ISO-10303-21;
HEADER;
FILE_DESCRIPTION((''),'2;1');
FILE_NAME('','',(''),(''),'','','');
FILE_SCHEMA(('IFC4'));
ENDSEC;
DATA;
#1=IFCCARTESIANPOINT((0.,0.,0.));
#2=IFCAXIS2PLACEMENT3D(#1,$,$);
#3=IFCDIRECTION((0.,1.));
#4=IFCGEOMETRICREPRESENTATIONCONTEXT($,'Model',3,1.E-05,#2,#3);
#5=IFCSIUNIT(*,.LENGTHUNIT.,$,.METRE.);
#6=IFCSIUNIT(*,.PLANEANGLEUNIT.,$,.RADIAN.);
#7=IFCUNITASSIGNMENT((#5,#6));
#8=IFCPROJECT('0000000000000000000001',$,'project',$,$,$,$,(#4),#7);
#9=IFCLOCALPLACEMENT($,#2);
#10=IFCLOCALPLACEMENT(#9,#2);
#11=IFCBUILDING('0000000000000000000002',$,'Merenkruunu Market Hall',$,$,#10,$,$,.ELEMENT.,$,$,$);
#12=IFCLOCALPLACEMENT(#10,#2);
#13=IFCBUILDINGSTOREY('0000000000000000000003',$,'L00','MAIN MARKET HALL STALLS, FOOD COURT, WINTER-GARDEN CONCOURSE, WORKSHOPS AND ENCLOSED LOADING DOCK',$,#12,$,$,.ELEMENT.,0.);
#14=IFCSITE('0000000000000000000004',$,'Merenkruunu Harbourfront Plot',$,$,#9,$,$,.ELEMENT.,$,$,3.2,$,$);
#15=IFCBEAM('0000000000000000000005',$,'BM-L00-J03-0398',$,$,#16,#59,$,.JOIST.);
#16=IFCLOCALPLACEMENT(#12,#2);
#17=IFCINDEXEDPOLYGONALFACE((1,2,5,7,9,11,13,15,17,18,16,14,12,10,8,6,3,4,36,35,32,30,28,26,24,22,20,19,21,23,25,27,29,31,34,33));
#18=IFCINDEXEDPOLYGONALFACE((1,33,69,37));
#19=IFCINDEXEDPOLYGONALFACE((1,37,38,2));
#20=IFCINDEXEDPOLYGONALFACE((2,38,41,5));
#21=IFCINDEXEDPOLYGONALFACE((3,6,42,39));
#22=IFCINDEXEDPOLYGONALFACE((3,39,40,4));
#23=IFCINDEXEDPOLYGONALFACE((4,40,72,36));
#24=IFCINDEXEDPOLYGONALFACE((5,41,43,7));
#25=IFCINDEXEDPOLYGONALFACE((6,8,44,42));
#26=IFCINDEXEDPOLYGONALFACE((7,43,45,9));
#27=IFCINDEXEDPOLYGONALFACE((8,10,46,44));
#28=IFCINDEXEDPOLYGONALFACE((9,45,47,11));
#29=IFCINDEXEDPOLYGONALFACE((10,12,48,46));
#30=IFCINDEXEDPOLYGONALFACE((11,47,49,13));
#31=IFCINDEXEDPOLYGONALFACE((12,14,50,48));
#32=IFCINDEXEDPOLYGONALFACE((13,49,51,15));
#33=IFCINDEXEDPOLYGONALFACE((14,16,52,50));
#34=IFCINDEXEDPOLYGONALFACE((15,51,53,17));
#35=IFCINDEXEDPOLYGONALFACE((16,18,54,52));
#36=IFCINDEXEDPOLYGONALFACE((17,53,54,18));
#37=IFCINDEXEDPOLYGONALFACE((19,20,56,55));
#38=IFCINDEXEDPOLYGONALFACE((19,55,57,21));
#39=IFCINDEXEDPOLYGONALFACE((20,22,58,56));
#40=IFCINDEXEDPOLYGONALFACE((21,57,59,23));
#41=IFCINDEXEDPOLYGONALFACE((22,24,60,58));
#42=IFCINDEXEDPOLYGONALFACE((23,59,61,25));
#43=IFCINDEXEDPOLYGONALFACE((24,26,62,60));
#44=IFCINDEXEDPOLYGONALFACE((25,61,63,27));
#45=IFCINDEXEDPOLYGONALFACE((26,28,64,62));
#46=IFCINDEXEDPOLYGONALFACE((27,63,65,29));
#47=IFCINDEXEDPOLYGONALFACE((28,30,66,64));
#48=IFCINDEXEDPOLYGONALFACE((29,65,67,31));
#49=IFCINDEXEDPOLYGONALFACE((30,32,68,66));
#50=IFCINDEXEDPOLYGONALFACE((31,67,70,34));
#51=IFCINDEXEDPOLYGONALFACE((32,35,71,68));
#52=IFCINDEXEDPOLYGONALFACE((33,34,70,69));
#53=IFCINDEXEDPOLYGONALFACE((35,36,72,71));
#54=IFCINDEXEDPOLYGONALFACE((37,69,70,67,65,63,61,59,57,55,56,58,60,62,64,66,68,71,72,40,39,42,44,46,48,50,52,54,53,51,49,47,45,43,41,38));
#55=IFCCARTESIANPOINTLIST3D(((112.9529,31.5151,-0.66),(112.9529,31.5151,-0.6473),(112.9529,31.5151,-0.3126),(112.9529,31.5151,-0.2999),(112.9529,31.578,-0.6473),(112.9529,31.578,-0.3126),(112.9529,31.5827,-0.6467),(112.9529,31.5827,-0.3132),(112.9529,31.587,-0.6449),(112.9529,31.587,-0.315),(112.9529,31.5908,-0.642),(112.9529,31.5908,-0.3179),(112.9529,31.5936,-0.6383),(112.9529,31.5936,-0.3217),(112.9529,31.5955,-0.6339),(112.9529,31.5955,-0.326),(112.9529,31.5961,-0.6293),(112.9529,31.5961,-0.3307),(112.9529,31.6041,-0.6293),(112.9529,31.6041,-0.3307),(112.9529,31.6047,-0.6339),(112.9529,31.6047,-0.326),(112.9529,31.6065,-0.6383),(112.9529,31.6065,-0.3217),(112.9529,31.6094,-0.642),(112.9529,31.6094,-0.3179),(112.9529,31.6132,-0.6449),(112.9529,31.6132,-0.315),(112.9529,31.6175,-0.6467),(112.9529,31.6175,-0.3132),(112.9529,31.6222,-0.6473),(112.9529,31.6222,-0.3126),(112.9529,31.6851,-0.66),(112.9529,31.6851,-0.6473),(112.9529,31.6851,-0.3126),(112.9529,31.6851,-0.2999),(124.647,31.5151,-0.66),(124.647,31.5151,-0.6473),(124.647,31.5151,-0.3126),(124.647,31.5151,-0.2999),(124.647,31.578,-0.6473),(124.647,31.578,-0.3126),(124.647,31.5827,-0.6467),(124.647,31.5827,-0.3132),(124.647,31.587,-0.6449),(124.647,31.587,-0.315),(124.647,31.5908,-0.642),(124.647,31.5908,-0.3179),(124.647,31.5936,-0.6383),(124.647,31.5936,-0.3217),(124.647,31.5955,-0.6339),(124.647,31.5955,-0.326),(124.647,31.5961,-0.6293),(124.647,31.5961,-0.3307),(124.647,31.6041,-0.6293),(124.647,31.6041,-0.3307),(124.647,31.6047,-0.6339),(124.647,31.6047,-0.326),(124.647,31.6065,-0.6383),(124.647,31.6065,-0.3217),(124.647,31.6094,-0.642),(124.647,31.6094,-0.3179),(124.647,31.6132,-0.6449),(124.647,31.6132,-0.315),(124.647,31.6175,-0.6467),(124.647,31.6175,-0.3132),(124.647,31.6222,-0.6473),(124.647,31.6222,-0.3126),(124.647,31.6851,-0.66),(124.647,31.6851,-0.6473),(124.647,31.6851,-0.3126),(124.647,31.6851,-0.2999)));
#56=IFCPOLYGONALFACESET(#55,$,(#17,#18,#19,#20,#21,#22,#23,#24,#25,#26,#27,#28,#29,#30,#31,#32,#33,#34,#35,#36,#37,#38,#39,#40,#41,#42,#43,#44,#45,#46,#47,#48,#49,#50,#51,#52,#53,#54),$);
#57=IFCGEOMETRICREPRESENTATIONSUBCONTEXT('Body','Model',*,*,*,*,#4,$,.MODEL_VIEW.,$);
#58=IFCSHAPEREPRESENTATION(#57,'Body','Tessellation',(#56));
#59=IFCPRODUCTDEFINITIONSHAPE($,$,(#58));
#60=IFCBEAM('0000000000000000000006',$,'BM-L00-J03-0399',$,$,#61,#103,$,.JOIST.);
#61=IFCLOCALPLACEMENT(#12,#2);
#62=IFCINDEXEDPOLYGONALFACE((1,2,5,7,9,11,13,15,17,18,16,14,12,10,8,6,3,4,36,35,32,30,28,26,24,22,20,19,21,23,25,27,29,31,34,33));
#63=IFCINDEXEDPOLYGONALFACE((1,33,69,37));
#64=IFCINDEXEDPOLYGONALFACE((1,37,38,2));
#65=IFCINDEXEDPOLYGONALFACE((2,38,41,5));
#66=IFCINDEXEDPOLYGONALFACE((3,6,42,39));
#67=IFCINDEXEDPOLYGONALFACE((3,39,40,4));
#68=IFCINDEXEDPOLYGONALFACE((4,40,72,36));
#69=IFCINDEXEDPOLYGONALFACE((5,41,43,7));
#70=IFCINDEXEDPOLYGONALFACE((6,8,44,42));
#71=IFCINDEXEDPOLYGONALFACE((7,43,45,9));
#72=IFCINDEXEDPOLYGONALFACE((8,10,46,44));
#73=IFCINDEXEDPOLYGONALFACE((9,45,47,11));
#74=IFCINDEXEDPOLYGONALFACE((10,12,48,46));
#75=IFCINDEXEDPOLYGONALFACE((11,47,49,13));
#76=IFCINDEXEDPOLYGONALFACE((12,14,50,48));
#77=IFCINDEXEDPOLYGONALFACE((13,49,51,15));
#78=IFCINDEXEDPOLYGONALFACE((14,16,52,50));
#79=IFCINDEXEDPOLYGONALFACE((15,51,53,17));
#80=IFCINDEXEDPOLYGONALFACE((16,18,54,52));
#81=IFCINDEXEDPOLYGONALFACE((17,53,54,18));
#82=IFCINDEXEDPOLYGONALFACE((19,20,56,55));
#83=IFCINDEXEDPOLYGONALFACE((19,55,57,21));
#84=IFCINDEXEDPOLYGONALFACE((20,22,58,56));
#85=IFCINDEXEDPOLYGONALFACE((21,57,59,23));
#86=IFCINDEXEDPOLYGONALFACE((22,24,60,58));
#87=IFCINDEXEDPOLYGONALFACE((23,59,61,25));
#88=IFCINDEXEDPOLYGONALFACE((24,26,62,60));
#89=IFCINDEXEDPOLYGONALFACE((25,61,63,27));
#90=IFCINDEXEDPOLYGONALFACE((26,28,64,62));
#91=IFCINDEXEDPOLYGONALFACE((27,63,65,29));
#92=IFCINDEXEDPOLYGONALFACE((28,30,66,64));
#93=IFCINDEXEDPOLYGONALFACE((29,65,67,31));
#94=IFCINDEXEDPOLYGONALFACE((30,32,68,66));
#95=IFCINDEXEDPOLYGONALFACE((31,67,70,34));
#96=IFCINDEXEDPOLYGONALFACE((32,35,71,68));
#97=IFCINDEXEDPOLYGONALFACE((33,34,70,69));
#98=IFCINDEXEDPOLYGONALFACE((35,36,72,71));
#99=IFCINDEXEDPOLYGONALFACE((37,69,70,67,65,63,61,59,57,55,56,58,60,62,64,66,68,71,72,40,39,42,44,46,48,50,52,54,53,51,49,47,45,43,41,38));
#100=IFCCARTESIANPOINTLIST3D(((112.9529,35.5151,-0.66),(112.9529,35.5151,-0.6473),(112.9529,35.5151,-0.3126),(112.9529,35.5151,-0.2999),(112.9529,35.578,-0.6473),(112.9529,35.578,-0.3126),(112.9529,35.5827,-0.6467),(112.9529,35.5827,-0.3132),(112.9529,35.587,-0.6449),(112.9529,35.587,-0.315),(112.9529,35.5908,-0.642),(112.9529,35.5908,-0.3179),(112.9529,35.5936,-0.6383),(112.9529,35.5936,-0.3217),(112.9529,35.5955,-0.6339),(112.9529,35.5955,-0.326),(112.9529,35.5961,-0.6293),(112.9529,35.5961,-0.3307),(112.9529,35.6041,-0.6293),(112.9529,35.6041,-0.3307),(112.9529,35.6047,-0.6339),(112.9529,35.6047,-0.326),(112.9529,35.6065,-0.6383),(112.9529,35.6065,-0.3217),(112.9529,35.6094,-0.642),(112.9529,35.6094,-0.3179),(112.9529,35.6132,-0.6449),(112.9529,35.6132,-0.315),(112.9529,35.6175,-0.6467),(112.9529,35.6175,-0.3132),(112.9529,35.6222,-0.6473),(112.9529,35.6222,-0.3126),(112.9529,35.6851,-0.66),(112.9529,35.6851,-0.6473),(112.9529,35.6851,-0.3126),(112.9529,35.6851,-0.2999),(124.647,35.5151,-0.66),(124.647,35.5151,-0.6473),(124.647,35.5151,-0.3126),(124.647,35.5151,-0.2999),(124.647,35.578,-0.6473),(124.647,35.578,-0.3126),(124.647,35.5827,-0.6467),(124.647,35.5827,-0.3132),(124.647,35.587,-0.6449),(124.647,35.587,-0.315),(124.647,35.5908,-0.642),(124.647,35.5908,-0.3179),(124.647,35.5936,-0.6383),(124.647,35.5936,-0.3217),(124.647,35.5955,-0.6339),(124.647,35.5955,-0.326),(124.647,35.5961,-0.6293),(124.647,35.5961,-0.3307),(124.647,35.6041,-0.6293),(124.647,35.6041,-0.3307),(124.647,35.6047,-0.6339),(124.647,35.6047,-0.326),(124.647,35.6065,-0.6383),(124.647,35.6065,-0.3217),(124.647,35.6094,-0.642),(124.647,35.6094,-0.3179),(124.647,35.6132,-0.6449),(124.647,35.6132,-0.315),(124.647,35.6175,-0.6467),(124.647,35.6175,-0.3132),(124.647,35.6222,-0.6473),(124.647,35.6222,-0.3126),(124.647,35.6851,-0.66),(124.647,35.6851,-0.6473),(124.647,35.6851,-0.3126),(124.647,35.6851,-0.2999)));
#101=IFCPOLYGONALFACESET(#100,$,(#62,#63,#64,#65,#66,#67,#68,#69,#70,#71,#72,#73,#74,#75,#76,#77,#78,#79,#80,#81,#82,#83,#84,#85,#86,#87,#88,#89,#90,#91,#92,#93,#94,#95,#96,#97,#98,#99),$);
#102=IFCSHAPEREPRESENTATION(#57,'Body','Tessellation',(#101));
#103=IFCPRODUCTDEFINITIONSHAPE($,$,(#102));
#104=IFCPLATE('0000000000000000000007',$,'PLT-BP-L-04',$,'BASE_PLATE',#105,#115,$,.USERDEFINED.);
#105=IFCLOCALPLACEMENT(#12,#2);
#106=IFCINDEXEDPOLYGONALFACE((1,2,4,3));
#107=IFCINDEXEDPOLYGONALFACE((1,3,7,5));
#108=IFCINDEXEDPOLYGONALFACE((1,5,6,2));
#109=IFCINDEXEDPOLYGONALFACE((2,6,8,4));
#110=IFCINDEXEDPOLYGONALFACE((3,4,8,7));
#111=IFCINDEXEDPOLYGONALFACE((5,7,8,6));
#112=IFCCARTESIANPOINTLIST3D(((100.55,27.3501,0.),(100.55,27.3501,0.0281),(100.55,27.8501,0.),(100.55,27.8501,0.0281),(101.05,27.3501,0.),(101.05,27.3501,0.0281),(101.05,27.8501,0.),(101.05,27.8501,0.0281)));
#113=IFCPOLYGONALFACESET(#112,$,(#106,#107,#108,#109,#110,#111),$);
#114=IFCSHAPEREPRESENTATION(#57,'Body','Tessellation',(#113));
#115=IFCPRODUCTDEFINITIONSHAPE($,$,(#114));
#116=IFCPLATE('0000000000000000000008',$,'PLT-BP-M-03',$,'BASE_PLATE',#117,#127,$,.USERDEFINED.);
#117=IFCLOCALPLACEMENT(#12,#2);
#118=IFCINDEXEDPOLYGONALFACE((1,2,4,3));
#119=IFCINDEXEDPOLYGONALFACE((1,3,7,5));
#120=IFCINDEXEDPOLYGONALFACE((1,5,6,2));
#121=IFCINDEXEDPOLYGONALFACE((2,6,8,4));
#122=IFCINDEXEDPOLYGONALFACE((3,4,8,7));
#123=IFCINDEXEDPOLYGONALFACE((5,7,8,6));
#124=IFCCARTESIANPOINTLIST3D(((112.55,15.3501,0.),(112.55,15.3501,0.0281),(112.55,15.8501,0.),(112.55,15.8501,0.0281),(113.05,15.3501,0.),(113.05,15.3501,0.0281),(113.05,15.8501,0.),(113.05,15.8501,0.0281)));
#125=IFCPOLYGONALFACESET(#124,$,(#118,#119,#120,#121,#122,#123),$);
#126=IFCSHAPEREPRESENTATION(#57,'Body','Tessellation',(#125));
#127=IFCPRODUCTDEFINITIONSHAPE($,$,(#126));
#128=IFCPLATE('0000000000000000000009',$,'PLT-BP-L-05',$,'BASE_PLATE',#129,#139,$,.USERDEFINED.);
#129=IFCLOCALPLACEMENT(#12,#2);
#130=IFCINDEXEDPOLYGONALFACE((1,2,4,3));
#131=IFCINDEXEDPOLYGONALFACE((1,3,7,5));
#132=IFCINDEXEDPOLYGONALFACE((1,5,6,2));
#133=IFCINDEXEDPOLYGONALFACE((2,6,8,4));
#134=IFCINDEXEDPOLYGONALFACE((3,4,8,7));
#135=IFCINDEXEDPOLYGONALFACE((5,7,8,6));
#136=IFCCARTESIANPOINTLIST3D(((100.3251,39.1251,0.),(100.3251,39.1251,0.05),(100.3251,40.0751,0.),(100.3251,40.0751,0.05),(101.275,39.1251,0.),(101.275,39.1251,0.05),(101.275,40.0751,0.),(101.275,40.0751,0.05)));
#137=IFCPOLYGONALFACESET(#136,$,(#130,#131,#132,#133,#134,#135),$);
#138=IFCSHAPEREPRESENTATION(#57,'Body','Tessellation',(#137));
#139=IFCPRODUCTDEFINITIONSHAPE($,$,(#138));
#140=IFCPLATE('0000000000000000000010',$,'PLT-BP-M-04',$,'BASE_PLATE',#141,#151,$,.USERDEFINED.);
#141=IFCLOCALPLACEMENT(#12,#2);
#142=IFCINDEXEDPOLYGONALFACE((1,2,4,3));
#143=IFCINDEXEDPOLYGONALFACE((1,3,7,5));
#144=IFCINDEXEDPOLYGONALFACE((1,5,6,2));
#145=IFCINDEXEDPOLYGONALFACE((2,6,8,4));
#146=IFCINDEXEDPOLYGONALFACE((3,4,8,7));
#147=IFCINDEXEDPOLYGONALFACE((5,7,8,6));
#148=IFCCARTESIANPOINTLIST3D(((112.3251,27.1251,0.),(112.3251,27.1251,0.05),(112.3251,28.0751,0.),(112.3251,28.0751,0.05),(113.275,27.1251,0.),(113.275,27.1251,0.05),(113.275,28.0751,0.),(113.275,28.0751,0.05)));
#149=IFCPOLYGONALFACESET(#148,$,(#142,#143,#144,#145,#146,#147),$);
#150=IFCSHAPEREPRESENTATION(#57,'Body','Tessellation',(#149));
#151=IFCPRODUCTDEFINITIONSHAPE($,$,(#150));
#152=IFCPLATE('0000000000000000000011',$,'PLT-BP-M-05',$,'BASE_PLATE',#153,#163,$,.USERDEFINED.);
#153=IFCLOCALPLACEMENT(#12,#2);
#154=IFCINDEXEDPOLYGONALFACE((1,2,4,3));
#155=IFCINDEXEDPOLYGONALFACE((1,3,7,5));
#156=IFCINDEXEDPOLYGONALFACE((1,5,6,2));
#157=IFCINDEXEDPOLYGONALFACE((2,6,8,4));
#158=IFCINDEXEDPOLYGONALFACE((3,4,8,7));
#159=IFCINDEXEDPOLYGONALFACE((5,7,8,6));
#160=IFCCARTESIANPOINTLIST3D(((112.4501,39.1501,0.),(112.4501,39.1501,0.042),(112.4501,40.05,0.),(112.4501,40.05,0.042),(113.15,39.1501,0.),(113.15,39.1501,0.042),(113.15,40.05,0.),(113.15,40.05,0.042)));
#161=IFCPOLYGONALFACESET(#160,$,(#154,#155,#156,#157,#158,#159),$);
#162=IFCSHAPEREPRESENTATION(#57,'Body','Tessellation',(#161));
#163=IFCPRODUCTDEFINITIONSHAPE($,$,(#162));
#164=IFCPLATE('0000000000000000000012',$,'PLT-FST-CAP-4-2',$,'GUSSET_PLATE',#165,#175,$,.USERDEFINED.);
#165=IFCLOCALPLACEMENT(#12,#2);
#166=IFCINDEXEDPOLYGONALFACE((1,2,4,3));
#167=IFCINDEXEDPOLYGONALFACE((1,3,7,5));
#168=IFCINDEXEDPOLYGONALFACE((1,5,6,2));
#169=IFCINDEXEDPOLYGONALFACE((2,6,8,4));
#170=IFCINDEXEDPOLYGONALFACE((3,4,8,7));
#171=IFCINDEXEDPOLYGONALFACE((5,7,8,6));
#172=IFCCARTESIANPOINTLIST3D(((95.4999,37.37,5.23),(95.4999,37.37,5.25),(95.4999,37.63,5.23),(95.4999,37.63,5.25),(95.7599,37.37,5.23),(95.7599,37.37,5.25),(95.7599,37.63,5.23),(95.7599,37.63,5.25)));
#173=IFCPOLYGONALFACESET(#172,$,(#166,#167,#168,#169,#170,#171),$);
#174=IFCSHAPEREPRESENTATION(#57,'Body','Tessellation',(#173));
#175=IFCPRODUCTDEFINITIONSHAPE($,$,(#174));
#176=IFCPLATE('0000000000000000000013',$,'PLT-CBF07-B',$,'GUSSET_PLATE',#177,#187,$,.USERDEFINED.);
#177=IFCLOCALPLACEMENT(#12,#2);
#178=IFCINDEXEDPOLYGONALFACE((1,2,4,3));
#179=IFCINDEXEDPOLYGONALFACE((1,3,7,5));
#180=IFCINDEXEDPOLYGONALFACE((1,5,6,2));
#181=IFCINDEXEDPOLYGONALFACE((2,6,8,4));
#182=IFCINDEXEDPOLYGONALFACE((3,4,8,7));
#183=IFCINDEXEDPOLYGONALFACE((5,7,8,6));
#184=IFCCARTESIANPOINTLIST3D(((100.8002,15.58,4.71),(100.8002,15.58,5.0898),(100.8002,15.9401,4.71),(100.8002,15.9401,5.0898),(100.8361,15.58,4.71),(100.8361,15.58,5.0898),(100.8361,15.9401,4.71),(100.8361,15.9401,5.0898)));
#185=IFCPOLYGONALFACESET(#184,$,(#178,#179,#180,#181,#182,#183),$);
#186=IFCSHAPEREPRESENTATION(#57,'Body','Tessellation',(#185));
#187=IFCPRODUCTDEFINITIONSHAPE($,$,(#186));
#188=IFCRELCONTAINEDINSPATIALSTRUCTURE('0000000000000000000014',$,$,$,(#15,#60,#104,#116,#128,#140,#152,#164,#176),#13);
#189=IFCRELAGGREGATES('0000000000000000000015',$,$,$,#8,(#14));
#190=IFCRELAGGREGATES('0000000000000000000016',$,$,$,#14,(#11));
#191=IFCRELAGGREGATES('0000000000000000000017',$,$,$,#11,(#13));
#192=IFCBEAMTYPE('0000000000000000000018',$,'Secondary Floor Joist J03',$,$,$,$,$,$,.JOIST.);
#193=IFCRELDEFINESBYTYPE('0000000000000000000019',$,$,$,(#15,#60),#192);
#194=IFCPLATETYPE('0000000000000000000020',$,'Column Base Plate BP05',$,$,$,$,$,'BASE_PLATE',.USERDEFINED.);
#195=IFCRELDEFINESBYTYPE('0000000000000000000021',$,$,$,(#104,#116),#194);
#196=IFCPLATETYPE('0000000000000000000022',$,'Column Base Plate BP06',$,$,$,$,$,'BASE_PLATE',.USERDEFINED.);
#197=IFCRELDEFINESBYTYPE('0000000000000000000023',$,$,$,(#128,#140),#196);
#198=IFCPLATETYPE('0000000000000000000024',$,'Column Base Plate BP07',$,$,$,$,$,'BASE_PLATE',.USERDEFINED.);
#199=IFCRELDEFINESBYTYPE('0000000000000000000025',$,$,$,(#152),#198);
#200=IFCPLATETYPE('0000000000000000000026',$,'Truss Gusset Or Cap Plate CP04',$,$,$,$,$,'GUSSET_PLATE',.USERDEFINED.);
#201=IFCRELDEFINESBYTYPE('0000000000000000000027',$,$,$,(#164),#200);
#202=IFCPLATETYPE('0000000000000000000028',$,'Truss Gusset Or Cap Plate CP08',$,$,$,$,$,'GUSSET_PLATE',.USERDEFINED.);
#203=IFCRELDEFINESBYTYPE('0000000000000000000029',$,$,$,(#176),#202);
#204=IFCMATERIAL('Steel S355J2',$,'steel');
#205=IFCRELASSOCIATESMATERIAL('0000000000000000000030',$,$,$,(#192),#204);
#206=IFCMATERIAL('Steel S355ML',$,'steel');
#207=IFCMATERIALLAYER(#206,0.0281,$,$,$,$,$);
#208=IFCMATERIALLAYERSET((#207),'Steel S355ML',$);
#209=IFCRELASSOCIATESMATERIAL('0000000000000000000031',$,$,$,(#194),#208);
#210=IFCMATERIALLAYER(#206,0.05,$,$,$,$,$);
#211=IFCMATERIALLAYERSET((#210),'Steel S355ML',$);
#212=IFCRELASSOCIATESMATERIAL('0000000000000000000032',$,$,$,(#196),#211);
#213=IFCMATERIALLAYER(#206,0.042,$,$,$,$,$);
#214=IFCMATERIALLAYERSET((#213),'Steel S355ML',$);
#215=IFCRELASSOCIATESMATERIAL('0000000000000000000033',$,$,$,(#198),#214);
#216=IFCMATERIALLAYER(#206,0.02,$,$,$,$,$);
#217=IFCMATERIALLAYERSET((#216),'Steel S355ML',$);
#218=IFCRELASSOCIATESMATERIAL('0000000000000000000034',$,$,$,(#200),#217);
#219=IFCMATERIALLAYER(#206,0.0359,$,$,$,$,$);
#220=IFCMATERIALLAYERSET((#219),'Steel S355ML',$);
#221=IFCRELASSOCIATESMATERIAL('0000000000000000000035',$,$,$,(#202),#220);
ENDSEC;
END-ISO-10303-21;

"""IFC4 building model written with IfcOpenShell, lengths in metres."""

from ifc_helpers import new_model, si_unit, direction, frame, origin, origin_2d, place, context, subcontext, project, spatial, rectangle, i_section, extrude, material, layer, layer_set, material_profile, profile_set, type_object, element, save


model = new_model("IFC4")

# Units and contexts
model_context = context("Model", 3, precision=1e-05, world=origin(), true_north=direction((0.0, 1.0)))
body_context = subcontext(model_context, "Body", "Model", "MODEL_VIEW")
ifc_project = project(units=[si_unit("LENGTHUNIT", "METRE"), si_unit("PLANEANGLEUNIT", "RADIAN")], contexts=[model_context])

# Site, building, storey
site_placement = place(None, origin())
site = spatial("IfcSite", under=ifc_project, at=site_placement, Name="Merenkruunu Harbourfront Plot", CompositionType="ELEMENT", RefElevation=3.2)
building_placement = place(site_placement, origin())
building = spatial("IfcBuilding", under=site, at=building_placement, Name="Merenkruunu Market Hall", CompositionType="ELEMENT")
storey_placement = place(building_placement, origin())
storey = spatial("IfcBuildingStorey", under=building, at=storey_placement, Name="L00", Description="MAIN MARKET HALL STALLS, FOOD COURT, WINTER-GARDEN CONCOURSE, WORKSHOPS AND ENCLOSED LOADING DOCK", CompositionType="ELEMENT", Elevation=0.0)

# Shared definitions
ifc_material_1 = material(Name="Steel S355J2", Category="steel")
ifc_material_2 = material(Name="Steel S355ML", Category="steel")

# Beams
ifc_material_profile_1 = material_profile(ifc_material_1, i_section(OverallWidth=0.1699, OverallDepth=0.3601, WebThickness=0.0081, FlangeThickness=0.0127, FilletRadius=0.0181, at=origin_2d()), Name="IPE 360")
ifc_profile_set_1 = profile_set([ifc_material_profile_1], Name="Steel S355J2")
beam_type_1 = type_object("IfcBeamType", Name="Secondary Floor Joist J03", PredefinedType="JOIST", material=ifc_profile_set_1)
for number, where, z_axis, x_axis, name in (
    (1, (112.9529, 31.6001, -0.48), (1.0, 0.0, 0.0), (0.0, 1.0, 0.0), "BM-L00-J03-0398"),
    (2, (112.9529, 35.6001, -0.48), (1.0, 0.0, 0.0), (0.0, 1.0, 0.0), "BM-L00-J03-0399"),
):
    element("IfcBeam", number, at=place(storey_placement, frame(where, z_axis=z_axis, x_axis=x_axis)), inside=storey, type_object=beam_type_1, Name=name, PredefinedType="JOIST", context=body_context, shape_type="SweptSolid", body=[
        extrude(i_section(OverallWidth=0.1699, OverallDepth=0.3601, WebThickness=0.0081, FlangeThickness=0.0127, FilletRadius=0.0181, at=origin_2d()), origin(), (0.0, 0.0, 1.0), 11.6941),
    ])

# Plates
ifc_layer_1 = layer(ifc_material_2, 0.0281)
ifc_layer_set_1 = layer_set([ifc_layer_1], Name="Steel S355ML")
plate_type_1 = type_object("IfcPlateType", Name="Column Base Plate BP05", ElementType="BASE_PLATE", PredefinedType="USERDEFINED", material=ifc_layer_set_1)
for number, where, z_axis, x_axis, name in (
    (3, (100.8, 27.6001, 0.0), (0.0, 0.0, 1.0), (1.0, 0.0, 0.0), "PLT-BP-L-04"),
    (4, (112.8, 15.6001, 0.0), (0.0, 0.0, 1.0), (1.0, 0.0, 0.0), "PLT-BP-M-03"),
):
    element("IfcPlate", number, at=place(storey_placement, frame(where, z_axis=z_axis, x_axis=x_axis)), inside=storey, type_object=plate_type_1, Name=name, ObjectType="BASE_PLATE", PredefinedType="USERDEFINED", context=body_context, shape_type="SweptSolid", body=[
        extrude(rectangle(XDim=0.5, YDim=0.5, at=origin_2d()), origin(), (0.0, 0.0, 1.0), 0.0281),
    ])
ifc_layer_2 = layer(ifc_material_2, 0.05)
ifc_layer_set_2 = layer_set([ifc_layer_2], Name="Steel S355ML")
plate_type_2 = type_object("IfcPlateType", Name="Column Base Plate BP06", ElementType="BASE_PLATE", PredefinedType="USERDEFINED", material=ifc_layer_set_2)
for number, where, z_axis, x_axis, name in (
    (5, (100.8, 39.6001, 0.0), (0.0, 0.0, 1.0), (1.0, 0.0, 0.0), "PLT-BP-L-05"),
    (6, (112.8, 27.6001, 0.0), (0.0, 0.0, 1.0), (1.0, 0.0, 0.0), "PLT-BP-M-04"),
):
    element("IfcPlate", number, at=place(storey_placement, frame(where, z_axis=z_axis, x_axis=x_axis)), inside=storey, type_object=plate_type_2, Name=name, ObjectType="BASE_PLATE", PredefinedType="USERDEFINED", context=body_context, shape_type="SweptSolid", body=[
        extrude(rectangle(XDim=0.95, YDim=0.95, at=origin_2d()), origin(), (0.0, 0.0, 1.0), 0.05),
    ])
ifc_layer_3 = layer(ifc_material_2, 0.042)
ifc_layer_set_3 = layer_set([ifc_layer_3], Name="Steel S355ML")
plate_type_3 = type_object("IfcPlateType", Name="Column Base Plate BP07", ElementType="BASE_PLATE", PredefinedType="USERDEFINED", material=ifc_layer_set_3)
plate_1_placement = place(storey_placement, frame((112.8, 39.6001, 0.0), z_axis=(0.0, 0.0, 1.0), x_axis=(1.0, 0.0, 0.0)))
element("IfcPlate", 7, at=plate_1_placement, inside=storey, type_object=plate_type_3, Name="PLT-BP-M-05", ObjectType="BASE_PLATE", PredefinedType="USERDEFINED", context=body_context, shape_type="SweptSolid", body=[
    extrude(rectangle(XDim=0.7, YDim=0.8999, at=origin_2d()), origin(), (0.0, 0.0, 1.0), 0.042),
])
ifc_layer_4 = layer(ifc_material_2, 0.02)
ifc_layer_set_4 = layer_set([ifc_layer_4], Name="Steel S355ML")
plate_type_4 = type_object("IfcPlateType", Name="Truss Gusset Or Cap Plate CP04", ElementType="GUSSET_PLATE", PredefinedType="USERDEFINED", material=ifc_layer_set_4)
plate_2_placement = place(storey_placement, frame((95.6299, 37.5, 5.23), z_axis=(0.0, 0.0, 1.0), x_axis=(1.0, 0.0, 0.0)))
element("IfcPlate", 8, at=plate_2_placement, inside=storey, type_object=plate_type_4, Name="PLT-FST-CAP-4-2", ObjectType="GUSSET_PLATE", PredefinedType="USERDEFINED", context=body_context, shape_type="SweptSolid", body=[
    extrude(rectangle(XDim=0.26, YDim=0.26, at=origin_2d()), origin(), (0.0, 0.0, 1.0), 0.02),
])
ifc_layer_5 = layer(ifc_material_2, 0.0359)
ifc_layer_set_5 = layer_set([ifc_layer_5], Name="Steel S355ML")
plate_type_5 = type_object("IfcPlateType", Name="Truss Gusset Or Cap Plate CP08", ElementType="GUSSET_PLATE", PredefinedType="USERDEFINED", material=ifc_layer_set_5)
plate_3_placement = place(storey_placement, frame((100.8181, 15.76, 4.71), z_axis=(0.0, 0.0, 1.0), x_axis=(1.0, 0.0, 0.0)))
element("IfcPlate", 9, at=plate_3_placement, inside=storey, type_object=plate_type_5, Name="PLT-CBF07-B", ObjectType="GUSSET_PLATE", PredefinedType="USERDEFINED", context=body_context, shape_type="SweptSolid", body=[
    extrude(rectangle(XDim=0.0359, YDim=0.3601, at=origin_2d()), origin(), (0.0, 0.0, 1.0), 0.3799),
])

save(model, "model.ifc")
